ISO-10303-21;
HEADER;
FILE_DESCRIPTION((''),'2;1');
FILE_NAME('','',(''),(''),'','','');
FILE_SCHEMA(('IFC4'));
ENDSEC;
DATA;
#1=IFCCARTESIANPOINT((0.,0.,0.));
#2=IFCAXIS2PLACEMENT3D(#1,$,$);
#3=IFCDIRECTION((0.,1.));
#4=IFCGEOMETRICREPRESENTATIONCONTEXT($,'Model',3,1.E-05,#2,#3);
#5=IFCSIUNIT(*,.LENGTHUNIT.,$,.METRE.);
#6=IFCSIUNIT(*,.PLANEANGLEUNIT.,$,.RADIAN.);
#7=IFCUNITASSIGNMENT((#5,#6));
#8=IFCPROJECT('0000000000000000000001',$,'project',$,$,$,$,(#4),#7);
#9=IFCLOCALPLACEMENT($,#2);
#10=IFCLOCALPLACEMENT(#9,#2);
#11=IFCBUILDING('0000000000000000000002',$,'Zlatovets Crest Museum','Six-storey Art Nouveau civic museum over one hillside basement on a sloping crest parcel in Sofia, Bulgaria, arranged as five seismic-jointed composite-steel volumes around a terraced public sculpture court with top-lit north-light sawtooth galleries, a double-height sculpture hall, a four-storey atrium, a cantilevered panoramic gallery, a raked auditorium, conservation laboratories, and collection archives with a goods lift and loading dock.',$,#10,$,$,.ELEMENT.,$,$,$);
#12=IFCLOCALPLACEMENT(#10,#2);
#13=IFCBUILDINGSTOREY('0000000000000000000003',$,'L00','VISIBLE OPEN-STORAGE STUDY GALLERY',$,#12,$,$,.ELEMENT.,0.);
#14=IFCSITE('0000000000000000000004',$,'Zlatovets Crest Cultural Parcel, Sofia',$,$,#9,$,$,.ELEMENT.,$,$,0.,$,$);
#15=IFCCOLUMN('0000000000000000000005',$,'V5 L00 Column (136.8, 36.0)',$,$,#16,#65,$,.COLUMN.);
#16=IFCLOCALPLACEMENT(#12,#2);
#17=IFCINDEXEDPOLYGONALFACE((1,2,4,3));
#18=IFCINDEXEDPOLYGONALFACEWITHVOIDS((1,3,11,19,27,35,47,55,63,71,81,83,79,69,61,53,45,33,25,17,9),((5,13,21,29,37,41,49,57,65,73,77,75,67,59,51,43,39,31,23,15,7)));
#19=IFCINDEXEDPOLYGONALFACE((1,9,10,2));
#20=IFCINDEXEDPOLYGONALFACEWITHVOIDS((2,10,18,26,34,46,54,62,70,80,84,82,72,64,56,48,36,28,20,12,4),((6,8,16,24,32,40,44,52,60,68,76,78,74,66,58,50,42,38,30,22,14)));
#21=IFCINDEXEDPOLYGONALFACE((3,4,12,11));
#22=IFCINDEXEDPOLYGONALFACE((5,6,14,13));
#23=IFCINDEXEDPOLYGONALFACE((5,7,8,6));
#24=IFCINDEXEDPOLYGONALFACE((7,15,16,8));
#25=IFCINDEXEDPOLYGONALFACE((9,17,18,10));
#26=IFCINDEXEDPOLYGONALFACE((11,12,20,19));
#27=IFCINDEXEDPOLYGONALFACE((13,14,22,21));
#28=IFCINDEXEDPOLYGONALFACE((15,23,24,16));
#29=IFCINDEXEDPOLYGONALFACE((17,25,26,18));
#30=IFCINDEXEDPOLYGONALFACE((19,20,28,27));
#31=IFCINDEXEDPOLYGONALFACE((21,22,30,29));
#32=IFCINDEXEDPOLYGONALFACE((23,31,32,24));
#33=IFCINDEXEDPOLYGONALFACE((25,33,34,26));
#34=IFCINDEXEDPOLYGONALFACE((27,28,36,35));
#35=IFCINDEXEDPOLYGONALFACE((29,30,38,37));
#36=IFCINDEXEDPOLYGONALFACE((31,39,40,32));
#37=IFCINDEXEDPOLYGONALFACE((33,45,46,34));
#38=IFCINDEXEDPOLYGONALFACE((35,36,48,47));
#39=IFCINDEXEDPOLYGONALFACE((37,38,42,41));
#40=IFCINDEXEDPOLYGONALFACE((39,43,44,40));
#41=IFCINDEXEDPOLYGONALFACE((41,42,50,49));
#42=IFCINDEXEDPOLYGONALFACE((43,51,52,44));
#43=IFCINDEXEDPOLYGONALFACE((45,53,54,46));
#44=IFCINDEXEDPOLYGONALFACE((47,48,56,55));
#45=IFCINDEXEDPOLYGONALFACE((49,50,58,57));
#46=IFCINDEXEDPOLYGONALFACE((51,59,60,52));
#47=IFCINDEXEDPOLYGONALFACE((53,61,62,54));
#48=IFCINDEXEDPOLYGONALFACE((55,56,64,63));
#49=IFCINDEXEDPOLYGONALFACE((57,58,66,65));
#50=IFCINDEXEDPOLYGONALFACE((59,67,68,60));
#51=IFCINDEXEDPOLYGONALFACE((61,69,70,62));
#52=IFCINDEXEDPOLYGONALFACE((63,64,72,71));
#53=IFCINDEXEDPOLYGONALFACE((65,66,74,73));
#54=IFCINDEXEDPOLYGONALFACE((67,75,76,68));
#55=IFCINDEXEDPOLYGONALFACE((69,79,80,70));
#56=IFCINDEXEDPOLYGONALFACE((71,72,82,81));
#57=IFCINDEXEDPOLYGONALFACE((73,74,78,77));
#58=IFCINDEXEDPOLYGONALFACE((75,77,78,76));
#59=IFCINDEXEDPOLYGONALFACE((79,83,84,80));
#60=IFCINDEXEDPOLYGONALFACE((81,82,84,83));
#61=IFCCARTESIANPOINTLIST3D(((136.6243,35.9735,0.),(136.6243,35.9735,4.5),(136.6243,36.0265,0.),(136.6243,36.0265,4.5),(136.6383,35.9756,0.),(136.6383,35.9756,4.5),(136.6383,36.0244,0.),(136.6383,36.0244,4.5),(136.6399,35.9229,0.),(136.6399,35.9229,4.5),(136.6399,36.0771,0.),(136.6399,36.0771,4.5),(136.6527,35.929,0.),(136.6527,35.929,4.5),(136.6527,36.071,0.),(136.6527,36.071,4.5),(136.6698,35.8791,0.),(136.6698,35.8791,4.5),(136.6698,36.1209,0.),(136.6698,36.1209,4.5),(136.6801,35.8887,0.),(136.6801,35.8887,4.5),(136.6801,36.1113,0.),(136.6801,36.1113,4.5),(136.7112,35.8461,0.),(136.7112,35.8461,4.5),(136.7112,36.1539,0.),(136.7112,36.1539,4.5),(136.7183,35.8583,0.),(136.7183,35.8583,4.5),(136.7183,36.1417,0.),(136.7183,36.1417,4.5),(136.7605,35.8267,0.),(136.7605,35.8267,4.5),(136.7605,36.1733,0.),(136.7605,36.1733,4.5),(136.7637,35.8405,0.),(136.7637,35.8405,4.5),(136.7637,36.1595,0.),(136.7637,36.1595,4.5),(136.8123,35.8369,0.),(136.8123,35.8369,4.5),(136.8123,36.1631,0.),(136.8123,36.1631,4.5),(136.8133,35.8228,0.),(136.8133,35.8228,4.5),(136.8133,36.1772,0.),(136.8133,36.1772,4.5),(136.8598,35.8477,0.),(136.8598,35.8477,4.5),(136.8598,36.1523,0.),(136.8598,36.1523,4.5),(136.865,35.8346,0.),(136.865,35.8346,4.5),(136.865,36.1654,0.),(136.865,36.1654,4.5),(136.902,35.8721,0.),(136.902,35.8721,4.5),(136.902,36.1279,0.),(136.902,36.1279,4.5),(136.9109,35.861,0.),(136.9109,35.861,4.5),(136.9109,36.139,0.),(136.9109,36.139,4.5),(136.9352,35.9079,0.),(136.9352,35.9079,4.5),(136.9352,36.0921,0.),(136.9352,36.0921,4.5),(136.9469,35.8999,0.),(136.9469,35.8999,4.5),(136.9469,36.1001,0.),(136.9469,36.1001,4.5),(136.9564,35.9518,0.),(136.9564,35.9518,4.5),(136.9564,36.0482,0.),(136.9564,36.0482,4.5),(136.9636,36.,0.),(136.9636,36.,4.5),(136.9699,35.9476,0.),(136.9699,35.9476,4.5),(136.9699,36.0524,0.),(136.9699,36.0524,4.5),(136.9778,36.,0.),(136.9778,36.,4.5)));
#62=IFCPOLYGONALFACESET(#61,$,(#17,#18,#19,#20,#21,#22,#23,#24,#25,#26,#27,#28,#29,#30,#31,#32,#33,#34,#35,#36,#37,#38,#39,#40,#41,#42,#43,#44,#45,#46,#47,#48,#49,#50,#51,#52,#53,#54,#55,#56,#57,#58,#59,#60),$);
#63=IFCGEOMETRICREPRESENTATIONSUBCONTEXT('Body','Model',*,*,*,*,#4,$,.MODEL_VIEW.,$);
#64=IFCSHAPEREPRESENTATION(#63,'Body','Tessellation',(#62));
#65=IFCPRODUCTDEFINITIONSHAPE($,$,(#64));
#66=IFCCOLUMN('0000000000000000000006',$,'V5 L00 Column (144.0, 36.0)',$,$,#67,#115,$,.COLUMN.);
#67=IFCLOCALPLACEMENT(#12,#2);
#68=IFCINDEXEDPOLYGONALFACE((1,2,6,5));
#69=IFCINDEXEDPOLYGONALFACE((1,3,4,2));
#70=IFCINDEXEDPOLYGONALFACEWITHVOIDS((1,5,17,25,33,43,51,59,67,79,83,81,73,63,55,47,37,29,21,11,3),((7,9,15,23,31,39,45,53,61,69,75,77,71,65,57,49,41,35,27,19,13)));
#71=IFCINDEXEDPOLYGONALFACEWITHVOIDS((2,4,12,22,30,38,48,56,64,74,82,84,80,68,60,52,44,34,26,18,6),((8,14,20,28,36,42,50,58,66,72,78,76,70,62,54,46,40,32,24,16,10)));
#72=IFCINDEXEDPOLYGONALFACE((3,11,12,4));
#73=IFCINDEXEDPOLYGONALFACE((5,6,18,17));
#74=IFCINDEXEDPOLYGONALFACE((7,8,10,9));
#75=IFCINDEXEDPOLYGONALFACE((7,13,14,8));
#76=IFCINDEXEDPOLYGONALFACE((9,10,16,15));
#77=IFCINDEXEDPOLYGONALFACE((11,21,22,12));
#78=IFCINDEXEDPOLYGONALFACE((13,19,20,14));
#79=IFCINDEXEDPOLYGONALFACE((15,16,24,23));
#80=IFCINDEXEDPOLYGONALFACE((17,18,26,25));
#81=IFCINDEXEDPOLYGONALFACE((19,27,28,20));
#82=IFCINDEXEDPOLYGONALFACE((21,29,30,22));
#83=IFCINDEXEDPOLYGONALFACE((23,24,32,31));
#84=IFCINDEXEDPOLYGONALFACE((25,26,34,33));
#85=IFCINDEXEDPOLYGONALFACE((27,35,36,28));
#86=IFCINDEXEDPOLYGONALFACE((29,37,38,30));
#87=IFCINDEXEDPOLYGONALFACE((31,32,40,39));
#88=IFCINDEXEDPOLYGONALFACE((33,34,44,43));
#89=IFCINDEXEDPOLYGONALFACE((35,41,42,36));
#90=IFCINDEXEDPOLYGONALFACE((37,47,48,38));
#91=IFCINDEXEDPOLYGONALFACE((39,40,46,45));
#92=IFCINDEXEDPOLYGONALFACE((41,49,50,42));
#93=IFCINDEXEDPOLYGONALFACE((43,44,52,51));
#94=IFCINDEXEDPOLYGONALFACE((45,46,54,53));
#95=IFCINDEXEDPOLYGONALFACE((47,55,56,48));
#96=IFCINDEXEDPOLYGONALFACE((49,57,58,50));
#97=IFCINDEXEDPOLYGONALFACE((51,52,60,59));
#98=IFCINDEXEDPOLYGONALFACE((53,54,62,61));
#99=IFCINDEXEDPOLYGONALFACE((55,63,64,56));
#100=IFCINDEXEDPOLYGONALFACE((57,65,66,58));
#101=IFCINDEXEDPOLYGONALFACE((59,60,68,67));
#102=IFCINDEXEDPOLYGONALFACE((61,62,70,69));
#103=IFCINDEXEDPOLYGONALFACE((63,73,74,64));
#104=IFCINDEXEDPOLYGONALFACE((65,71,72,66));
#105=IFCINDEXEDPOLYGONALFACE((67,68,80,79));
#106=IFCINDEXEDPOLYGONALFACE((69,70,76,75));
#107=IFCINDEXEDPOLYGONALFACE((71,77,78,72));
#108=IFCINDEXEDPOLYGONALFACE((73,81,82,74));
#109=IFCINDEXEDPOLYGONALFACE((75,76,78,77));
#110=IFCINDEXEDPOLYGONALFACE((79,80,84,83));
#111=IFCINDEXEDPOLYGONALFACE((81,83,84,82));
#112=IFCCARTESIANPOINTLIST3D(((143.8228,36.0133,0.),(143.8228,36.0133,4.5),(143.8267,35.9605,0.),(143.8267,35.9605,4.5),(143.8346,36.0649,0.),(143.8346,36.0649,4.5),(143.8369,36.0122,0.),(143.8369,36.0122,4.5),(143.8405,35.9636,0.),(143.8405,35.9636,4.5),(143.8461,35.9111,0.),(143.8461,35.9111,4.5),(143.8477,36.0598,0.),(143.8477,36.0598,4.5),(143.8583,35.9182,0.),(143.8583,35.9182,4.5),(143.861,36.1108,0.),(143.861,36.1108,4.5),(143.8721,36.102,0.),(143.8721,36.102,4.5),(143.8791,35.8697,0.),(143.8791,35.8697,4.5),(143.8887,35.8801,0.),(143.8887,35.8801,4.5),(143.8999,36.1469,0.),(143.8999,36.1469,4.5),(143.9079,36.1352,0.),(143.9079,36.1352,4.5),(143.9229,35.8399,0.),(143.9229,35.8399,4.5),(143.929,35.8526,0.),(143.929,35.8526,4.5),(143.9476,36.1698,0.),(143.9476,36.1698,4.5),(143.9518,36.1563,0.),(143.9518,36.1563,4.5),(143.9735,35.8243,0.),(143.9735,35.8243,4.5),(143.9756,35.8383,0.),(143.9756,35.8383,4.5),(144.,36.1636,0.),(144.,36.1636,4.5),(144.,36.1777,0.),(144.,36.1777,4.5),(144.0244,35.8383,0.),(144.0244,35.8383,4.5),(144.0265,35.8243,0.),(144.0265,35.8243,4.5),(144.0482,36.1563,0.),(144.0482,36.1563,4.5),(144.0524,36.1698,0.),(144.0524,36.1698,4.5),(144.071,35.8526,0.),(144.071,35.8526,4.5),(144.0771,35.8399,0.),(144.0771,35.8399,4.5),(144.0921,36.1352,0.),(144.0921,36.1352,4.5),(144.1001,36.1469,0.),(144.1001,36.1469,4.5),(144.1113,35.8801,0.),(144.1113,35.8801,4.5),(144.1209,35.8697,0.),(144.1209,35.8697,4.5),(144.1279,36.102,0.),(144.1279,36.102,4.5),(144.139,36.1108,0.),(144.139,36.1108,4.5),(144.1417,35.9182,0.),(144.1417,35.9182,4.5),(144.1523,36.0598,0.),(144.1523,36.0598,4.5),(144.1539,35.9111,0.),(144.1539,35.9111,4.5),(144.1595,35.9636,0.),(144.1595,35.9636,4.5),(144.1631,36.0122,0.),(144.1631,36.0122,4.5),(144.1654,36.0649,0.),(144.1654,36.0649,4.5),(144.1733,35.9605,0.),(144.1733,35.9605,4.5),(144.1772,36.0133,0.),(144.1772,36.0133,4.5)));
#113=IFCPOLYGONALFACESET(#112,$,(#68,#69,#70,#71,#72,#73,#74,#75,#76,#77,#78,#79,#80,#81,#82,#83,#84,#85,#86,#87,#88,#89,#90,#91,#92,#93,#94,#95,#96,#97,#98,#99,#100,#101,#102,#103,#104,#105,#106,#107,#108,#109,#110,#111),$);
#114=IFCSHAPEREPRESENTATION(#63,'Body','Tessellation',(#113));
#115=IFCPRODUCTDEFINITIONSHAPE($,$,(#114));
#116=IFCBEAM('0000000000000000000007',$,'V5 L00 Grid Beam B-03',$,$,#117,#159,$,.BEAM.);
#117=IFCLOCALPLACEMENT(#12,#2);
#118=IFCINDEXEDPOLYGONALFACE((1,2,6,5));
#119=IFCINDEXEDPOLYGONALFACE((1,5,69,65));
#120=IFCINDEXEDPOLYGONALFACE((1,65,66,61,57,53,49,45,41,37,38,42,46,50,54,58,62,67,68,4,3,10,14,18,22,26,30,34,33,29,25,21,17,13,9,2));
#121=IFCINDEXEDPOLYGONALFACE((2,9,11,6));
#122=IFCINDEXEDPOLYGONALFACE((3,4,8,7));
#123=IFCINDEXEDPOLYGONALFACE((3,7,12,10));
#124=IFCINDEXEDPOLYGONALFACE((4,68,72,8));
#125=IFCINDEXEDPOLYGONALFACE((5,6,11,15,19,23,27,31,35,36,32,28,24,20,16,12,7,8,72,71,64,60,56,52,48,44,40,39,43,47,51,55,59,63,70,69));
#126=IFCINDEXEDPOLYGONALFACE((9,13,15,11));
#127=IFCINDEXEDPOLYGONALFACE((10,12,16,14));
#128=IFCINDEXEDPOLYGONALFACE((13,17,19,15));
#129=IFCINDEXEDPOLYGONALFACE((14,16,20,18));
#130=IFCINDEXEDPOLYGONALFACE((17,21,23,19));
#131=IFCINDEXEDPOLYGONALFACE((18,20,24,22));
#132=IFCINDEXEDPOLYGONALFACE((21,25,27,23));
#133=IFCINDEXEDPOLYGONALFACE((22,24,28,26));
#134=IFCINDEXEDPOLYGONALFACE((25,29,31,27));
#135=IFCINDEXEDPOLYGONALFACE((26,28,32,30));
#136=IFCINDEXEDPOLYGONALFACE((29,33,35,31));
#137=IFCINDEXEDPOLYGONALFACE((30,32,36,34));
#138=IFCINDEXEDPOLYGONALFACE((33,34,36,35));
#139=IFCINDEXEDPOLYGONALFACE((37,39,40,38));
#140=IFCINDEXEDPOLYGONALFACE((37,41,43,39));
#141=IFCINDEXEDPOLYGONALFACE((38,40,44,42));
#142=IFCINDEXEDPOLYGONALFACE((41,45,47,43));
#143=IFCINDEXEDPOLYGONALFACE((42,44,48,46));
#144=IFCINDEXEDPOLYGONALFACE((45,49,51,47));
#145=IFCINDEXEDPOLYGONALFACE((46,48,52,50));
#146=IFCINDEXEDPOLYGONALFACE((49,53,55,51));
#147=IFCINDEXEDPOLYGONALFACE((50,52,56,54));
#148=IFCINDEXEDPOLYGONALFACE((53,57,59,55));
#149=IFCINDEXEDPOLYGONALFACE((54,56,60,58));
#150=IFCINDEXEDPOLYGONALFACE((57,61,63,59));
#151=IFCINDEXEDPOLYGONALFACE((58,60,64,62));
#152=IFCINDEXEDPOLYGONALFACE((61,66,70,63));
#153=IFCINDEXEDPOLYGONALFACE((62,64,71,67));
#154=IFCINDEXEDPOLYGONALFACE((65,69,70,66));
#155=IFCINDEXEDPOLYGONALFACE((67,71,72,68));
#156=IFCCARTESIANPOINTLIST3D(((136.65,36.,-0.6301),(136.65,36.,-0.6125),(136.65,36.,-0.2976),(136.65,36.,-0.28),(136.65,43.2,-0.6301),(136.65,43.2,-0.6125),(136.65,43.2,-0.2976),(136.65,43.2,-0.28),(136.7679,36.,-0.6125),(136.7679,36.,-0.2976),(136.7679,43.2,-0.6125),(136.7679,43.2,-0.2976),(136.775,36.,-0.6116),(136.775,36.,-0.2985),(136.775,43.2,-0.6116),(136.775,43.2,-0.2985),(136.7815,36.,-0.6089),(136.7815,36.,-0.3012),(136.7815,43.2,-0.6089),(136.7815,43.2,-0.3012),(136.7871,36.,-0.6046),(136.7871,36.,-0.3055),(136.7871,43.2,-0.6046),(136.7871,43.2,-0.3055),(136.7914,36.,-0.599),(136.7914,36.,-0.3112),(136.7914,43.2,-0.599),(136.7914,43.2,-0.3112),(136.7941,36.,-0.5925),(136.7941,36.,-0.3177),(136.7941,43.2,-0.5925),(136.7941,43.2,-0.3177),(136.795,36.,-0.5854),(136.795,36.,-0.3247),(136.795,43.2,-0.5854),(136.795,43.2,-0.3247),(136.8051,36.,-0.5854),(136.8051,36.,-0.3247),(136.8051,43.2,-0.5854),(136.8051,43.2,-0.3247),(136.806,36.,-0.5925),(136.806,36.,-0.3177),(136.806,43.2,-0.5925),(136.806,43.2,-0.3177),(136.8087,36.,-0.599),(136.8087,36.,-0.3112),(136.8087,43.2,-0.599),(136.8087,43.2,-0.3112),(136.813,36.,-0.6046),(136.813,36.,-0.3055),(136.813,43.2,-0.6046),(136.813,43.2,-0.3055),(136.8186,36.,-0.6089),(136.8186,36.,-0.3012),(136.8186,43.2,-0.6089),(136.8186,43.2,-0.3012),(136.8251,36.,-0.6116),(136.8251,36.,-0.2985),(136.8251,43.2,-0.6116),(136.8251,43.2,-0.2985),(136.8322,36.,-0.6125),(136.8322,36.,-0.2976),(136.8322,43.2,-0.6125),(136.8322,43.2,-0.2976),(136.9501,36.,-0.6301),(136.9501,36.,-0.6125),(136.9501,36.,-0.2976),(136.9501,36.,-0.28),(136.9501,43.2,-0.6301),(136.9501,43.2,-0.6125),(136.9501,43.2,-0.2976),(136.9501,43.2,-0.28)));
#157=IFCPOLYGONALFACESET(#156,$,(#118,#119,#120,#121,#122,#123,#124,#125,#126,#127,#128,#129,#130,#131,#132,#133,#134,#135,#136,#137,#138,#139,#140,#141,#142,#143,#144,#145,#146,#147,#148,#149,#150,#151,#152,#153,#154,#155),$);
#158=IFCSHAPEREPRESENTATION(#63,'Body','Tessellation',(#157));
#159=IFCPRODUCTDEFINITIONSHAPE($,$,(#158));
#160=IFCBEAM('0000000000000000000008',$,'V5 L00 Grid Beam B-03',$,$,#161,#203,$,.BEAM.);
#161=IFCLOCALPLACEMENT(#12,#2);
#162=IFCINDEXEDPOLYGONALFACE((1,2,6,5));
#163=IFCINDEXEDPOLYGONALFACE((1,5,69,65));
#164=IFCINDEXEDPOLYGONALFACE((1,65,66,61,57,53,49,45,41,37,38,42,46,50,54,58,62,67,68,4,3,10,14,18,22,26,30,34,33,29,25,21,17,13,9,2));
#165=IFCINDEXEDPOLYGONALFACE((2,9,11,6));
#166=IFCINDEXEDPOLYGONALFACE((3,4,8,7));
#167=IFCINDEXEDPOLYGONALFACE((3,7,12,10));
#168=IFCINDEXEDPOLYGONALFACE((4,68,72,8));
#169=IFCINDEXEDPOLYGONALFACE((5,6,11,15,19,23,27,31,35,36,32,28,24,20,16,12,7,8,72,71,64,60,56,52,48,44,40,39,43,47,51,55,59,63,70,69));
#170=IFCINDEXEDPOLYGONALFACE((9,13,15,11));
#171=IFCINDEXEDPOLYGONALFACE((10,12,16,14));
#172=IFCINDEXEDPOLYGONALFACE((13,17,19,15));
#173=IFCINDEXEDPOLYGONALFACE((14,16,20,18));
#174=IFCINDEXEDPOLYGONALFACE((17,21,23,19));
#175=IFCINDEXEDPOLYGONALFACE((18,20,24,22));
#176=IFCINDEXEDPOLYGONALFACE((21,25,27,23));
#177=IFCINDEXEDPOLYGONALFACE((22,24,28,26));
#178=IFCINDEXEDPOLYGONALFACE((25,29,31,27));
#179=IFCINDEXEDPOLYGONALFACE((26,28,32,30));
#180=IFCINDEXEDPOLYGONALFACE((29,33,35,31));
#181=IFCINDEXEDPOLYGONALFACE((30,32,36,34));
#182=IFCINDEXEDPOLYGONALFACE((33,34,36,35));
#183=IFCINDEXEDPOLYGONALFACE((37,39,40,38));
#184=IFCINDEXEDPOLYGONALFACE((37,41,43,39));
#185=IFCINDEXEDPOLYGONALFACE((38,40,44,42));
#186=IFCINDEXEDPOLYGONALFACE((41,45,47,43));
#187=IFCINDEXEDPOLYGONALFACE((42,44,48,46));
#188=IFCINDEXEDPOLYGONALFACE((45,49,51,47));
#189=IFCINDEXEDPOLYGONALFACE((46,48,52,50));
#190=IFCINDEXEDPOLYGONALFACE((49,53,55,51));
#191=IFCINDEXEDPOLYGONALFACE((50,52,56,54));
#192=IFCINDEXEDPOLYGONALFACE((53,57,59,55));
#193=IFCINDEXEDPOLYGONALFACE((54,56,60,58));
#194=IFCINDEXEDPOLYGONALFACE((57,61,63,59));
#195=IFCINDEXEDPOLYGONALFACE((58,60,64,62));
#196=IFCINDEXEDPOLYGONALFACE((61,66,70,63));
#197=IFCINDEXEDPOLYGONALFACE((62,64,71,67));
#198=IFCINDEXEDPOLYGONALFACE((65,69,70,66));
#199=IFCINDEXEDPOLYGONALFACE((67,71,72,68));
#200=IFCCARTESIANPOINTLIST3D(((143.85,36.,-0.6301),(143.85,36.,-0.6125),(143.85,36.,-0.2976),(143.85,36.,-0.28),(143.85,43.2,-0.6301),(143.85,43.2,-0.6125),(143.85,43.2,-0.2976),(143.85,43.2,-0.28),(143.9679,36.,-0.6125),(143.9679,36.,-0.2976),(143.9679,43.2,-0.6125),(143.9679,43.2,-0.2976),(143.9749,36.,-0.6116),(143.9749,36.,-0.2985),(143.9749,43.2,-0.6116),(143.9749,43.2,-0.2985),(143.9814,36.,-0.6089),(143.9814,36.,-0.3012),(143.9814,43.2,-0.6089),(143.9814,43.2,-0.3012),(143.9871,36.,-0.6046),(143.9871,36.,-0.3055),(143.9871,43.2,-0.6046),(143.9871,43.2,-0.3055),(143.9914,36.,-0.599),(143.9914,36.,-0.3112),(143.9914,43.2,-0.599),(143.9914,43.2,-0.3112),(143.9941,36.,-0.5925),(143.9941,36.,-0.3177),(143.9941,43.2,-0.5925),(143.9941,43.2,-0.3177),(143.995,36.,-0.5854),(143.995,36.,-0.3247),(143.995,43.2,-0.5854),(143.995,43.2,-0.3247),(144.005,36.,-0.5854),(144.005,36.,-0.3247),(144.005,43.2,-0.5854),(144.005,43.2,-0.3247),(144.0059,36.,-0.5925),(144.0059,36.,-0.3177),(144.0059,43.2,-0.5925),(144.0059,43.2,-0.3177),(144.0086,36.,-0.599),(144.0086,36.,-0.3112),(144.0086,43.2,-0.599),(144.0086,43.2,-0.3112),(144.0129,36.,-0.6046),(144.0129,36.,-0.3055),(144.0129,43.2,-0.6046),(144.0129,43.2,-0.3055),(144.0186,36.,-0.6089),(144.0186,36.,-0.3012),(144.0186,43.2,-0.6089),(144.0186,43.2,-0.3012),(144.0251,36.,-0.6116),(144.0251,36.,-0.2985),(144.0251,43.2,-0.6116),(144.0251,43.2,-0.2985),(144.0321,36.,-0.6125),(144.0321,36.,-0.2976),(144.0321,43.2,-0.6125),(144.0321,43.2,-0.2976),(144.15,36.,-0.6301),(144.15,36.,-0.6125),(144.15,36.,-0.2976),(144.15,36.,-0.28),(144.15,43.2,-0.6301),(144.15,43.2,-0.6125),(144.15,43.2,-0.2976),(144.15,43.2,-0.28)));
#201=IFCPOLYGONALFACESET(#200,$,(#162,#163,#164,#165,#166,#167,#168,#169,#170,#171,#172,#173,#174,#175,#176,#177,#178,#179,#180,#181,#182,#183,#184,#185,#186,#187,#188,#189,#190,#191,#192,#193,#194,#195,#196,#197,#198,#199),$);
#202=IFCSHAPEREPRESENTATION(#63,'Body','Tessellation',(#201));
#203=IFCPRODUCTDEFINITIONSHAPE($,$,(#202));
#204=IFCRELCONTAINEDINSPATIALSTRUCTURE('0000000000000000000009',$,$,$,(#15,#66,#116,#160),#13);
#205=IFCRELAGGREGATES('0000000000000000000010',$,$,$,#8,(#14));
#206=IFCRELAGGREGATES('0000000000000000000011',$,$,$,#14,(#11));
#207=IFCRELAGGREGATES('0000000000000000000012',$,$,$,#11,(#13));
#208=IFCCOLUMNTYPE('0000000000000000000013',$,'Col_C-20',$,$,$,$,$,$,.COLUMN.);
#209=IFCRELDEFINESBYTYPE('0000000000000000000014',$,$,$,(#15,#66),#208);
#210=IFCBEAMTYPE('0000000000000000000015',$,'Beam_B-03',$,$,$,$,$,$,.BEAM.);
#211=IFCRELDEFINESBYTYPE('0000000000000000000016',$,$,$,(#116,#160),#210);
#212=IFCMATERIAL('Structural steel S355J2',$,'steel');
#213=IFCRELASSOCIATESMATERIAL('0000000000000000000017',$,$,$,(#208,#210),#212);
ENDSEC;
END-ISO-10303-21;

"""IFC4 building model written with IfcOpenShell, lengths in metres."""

from ifc_helpers import new_model, si_unit, direction, frame, origin, origin_2d, place, context, subcontext, project, spatial, hollow_circle, i_section, extrude, material, material_profile, profile_set, type_object, element, save


model = new_model("IFC4")

# Units and contexts
model_context = context("Model", 3, precision=1e-05, world=origin(), true_north=direction((0.0, 1.0)))
body_context = subcontext(model_context, "Body", "Model", "MODEL_VIEW")
ifc_project = project(units=[si_unit("LENGTHUNIT", "METRE"), si_unit("PLANEANGLEUNIT", "RADIAN")], contexts=[model_context])

# Site, building, storey
site_placement = place(None, origin())
site = spatial("IfcSite", under=ifc_project, at=site_placement, Name="Zlatovets Crest Cultural Parcel, Sofia", CompositionType="ELEMENT", RefElevation=0.0)
building_placement = place(site_placement, origin())
building = spatial("IfcBuilding", under=site, at=building_placement, Name="Zlatovets Crest Museum", Description="Six-storey Art Nouveau civic museum over one hillside basement on a sloping crest parcel in Sofia, Bulgaria, arranged as five seismic-jointed composite-steel volumes around a terraced public sculpture court with top-lit north-light sawtooth galleries, a double-height sculpture hall, a four-storey atrium, a cantilevered panoramic gallery, a raked auditorium, conservation laboratories, and collection archives with a goods lift and loading dock.", CompositionType="ELEMENT")
storey_placement = place(building_placement, origin())
storey = spatial("IfcBuildingStorey", under=building, at=storey_placement, Name="L00", Description="VISIBLE OPEN-STORAGE STUDY GALLERY", CompositionType="ELEMENT", Elevation=0.0)

# Columns
ifc_material_1 = material(Name="Structural steel S355J2", Category="steel")
ifc_material_profile_1 = material_profile(ifc_material_1, hollow_circle(Radius=0.1777, WallThickness=0.0142, at=origin_2d()), Name="CHS 355.6x14.2")
ifc_profile_set_1 = profile_set([ifc_material_profile_1], Name="Structural steel S355J2")
column_type = type_object("IfcColumnType", Name="Col_C-20", PredefinedType="COLUMN", material=ifc_profile_set_1)
for number, where, z_axis, x_axis, name in (
    (1, (136.8, 36.0, 0.0), (0.0, 0.0, 1.0), (1.0, 0.0, 0.0), "V5 L00 Column (136.8, 36.0)"),
    (2, (144.0, 36.0, 0.0), (0.0, 0.0, 1.0), (0.0, 1.0, 0.0), "V5 L00 Column (144.0, 36.0)"),
):
    element("IfcColumn", number, at=place(storey_placement, frame(where, z_axis=z_axis, x_axis=x_axis)), inside=storey, type_object=column_type, Name=name, PredefinedType="COLUMN", context=body_context, shape_type="SweptSolid", body=[
        extrude(hollow_circle(Radius=0.1777, WallThickness=0.0142, at=origin_2d()), origin(), (0.0, 0.0, 1.0), 4.5),
    ])

# Beams
ifc_material_profile_2 = material_profile(ifc_material_1, i_section(OverallWidth=0.3, OverallDepth=0.3501, WebThickness=0.01, FlangeThickness=0.0176, FilletRadius=0.0271, at=origin_2d()), Name="HEA 360")
ifc_profile_set_2 = profile_set([ifc_material_profile_2], Name="Structural steel S355J2")
beam_type_1 = type_object("IfcBeamType", Name="Beam_B-03", PredefinedType="BEAM", material=ifc_profile_set_2)
for number, where, z_axis, x_axis, name in (
    (3, (136.8, 36.0, -0.4551), (0.0, 1.0, 0.0), (-1.0, 0.0, 0.0), "V5 L00 Grid Beam B-03"),
    (4, (144.0, 36.0, -0.4551), (0.0, 1.0, 0.0), (-1.0, 0.0, 0.0), "V5 L00 Grid Beam B-03"),
):
    element("IfcBeam", number, at=place(storey_placement, frame(where, z_axis=z_axis, x_axis=x_axis)), inside=storey, type_object=beam_type_1, Name=name, PredefinedType="BEAM", context=body_context, shape_type="SweptSolid", body=[
        extrude(i_section(OverallWidth=0.3, OverallDepth=0.3501, WebThickness=0.01, FlangeThickness=0.0176, FilletRadius=0.0271, at=origin_2d()), origin(), (0.0, 0.0, 1.0), 7.2),
    ])

save(model, "model.ifc")
